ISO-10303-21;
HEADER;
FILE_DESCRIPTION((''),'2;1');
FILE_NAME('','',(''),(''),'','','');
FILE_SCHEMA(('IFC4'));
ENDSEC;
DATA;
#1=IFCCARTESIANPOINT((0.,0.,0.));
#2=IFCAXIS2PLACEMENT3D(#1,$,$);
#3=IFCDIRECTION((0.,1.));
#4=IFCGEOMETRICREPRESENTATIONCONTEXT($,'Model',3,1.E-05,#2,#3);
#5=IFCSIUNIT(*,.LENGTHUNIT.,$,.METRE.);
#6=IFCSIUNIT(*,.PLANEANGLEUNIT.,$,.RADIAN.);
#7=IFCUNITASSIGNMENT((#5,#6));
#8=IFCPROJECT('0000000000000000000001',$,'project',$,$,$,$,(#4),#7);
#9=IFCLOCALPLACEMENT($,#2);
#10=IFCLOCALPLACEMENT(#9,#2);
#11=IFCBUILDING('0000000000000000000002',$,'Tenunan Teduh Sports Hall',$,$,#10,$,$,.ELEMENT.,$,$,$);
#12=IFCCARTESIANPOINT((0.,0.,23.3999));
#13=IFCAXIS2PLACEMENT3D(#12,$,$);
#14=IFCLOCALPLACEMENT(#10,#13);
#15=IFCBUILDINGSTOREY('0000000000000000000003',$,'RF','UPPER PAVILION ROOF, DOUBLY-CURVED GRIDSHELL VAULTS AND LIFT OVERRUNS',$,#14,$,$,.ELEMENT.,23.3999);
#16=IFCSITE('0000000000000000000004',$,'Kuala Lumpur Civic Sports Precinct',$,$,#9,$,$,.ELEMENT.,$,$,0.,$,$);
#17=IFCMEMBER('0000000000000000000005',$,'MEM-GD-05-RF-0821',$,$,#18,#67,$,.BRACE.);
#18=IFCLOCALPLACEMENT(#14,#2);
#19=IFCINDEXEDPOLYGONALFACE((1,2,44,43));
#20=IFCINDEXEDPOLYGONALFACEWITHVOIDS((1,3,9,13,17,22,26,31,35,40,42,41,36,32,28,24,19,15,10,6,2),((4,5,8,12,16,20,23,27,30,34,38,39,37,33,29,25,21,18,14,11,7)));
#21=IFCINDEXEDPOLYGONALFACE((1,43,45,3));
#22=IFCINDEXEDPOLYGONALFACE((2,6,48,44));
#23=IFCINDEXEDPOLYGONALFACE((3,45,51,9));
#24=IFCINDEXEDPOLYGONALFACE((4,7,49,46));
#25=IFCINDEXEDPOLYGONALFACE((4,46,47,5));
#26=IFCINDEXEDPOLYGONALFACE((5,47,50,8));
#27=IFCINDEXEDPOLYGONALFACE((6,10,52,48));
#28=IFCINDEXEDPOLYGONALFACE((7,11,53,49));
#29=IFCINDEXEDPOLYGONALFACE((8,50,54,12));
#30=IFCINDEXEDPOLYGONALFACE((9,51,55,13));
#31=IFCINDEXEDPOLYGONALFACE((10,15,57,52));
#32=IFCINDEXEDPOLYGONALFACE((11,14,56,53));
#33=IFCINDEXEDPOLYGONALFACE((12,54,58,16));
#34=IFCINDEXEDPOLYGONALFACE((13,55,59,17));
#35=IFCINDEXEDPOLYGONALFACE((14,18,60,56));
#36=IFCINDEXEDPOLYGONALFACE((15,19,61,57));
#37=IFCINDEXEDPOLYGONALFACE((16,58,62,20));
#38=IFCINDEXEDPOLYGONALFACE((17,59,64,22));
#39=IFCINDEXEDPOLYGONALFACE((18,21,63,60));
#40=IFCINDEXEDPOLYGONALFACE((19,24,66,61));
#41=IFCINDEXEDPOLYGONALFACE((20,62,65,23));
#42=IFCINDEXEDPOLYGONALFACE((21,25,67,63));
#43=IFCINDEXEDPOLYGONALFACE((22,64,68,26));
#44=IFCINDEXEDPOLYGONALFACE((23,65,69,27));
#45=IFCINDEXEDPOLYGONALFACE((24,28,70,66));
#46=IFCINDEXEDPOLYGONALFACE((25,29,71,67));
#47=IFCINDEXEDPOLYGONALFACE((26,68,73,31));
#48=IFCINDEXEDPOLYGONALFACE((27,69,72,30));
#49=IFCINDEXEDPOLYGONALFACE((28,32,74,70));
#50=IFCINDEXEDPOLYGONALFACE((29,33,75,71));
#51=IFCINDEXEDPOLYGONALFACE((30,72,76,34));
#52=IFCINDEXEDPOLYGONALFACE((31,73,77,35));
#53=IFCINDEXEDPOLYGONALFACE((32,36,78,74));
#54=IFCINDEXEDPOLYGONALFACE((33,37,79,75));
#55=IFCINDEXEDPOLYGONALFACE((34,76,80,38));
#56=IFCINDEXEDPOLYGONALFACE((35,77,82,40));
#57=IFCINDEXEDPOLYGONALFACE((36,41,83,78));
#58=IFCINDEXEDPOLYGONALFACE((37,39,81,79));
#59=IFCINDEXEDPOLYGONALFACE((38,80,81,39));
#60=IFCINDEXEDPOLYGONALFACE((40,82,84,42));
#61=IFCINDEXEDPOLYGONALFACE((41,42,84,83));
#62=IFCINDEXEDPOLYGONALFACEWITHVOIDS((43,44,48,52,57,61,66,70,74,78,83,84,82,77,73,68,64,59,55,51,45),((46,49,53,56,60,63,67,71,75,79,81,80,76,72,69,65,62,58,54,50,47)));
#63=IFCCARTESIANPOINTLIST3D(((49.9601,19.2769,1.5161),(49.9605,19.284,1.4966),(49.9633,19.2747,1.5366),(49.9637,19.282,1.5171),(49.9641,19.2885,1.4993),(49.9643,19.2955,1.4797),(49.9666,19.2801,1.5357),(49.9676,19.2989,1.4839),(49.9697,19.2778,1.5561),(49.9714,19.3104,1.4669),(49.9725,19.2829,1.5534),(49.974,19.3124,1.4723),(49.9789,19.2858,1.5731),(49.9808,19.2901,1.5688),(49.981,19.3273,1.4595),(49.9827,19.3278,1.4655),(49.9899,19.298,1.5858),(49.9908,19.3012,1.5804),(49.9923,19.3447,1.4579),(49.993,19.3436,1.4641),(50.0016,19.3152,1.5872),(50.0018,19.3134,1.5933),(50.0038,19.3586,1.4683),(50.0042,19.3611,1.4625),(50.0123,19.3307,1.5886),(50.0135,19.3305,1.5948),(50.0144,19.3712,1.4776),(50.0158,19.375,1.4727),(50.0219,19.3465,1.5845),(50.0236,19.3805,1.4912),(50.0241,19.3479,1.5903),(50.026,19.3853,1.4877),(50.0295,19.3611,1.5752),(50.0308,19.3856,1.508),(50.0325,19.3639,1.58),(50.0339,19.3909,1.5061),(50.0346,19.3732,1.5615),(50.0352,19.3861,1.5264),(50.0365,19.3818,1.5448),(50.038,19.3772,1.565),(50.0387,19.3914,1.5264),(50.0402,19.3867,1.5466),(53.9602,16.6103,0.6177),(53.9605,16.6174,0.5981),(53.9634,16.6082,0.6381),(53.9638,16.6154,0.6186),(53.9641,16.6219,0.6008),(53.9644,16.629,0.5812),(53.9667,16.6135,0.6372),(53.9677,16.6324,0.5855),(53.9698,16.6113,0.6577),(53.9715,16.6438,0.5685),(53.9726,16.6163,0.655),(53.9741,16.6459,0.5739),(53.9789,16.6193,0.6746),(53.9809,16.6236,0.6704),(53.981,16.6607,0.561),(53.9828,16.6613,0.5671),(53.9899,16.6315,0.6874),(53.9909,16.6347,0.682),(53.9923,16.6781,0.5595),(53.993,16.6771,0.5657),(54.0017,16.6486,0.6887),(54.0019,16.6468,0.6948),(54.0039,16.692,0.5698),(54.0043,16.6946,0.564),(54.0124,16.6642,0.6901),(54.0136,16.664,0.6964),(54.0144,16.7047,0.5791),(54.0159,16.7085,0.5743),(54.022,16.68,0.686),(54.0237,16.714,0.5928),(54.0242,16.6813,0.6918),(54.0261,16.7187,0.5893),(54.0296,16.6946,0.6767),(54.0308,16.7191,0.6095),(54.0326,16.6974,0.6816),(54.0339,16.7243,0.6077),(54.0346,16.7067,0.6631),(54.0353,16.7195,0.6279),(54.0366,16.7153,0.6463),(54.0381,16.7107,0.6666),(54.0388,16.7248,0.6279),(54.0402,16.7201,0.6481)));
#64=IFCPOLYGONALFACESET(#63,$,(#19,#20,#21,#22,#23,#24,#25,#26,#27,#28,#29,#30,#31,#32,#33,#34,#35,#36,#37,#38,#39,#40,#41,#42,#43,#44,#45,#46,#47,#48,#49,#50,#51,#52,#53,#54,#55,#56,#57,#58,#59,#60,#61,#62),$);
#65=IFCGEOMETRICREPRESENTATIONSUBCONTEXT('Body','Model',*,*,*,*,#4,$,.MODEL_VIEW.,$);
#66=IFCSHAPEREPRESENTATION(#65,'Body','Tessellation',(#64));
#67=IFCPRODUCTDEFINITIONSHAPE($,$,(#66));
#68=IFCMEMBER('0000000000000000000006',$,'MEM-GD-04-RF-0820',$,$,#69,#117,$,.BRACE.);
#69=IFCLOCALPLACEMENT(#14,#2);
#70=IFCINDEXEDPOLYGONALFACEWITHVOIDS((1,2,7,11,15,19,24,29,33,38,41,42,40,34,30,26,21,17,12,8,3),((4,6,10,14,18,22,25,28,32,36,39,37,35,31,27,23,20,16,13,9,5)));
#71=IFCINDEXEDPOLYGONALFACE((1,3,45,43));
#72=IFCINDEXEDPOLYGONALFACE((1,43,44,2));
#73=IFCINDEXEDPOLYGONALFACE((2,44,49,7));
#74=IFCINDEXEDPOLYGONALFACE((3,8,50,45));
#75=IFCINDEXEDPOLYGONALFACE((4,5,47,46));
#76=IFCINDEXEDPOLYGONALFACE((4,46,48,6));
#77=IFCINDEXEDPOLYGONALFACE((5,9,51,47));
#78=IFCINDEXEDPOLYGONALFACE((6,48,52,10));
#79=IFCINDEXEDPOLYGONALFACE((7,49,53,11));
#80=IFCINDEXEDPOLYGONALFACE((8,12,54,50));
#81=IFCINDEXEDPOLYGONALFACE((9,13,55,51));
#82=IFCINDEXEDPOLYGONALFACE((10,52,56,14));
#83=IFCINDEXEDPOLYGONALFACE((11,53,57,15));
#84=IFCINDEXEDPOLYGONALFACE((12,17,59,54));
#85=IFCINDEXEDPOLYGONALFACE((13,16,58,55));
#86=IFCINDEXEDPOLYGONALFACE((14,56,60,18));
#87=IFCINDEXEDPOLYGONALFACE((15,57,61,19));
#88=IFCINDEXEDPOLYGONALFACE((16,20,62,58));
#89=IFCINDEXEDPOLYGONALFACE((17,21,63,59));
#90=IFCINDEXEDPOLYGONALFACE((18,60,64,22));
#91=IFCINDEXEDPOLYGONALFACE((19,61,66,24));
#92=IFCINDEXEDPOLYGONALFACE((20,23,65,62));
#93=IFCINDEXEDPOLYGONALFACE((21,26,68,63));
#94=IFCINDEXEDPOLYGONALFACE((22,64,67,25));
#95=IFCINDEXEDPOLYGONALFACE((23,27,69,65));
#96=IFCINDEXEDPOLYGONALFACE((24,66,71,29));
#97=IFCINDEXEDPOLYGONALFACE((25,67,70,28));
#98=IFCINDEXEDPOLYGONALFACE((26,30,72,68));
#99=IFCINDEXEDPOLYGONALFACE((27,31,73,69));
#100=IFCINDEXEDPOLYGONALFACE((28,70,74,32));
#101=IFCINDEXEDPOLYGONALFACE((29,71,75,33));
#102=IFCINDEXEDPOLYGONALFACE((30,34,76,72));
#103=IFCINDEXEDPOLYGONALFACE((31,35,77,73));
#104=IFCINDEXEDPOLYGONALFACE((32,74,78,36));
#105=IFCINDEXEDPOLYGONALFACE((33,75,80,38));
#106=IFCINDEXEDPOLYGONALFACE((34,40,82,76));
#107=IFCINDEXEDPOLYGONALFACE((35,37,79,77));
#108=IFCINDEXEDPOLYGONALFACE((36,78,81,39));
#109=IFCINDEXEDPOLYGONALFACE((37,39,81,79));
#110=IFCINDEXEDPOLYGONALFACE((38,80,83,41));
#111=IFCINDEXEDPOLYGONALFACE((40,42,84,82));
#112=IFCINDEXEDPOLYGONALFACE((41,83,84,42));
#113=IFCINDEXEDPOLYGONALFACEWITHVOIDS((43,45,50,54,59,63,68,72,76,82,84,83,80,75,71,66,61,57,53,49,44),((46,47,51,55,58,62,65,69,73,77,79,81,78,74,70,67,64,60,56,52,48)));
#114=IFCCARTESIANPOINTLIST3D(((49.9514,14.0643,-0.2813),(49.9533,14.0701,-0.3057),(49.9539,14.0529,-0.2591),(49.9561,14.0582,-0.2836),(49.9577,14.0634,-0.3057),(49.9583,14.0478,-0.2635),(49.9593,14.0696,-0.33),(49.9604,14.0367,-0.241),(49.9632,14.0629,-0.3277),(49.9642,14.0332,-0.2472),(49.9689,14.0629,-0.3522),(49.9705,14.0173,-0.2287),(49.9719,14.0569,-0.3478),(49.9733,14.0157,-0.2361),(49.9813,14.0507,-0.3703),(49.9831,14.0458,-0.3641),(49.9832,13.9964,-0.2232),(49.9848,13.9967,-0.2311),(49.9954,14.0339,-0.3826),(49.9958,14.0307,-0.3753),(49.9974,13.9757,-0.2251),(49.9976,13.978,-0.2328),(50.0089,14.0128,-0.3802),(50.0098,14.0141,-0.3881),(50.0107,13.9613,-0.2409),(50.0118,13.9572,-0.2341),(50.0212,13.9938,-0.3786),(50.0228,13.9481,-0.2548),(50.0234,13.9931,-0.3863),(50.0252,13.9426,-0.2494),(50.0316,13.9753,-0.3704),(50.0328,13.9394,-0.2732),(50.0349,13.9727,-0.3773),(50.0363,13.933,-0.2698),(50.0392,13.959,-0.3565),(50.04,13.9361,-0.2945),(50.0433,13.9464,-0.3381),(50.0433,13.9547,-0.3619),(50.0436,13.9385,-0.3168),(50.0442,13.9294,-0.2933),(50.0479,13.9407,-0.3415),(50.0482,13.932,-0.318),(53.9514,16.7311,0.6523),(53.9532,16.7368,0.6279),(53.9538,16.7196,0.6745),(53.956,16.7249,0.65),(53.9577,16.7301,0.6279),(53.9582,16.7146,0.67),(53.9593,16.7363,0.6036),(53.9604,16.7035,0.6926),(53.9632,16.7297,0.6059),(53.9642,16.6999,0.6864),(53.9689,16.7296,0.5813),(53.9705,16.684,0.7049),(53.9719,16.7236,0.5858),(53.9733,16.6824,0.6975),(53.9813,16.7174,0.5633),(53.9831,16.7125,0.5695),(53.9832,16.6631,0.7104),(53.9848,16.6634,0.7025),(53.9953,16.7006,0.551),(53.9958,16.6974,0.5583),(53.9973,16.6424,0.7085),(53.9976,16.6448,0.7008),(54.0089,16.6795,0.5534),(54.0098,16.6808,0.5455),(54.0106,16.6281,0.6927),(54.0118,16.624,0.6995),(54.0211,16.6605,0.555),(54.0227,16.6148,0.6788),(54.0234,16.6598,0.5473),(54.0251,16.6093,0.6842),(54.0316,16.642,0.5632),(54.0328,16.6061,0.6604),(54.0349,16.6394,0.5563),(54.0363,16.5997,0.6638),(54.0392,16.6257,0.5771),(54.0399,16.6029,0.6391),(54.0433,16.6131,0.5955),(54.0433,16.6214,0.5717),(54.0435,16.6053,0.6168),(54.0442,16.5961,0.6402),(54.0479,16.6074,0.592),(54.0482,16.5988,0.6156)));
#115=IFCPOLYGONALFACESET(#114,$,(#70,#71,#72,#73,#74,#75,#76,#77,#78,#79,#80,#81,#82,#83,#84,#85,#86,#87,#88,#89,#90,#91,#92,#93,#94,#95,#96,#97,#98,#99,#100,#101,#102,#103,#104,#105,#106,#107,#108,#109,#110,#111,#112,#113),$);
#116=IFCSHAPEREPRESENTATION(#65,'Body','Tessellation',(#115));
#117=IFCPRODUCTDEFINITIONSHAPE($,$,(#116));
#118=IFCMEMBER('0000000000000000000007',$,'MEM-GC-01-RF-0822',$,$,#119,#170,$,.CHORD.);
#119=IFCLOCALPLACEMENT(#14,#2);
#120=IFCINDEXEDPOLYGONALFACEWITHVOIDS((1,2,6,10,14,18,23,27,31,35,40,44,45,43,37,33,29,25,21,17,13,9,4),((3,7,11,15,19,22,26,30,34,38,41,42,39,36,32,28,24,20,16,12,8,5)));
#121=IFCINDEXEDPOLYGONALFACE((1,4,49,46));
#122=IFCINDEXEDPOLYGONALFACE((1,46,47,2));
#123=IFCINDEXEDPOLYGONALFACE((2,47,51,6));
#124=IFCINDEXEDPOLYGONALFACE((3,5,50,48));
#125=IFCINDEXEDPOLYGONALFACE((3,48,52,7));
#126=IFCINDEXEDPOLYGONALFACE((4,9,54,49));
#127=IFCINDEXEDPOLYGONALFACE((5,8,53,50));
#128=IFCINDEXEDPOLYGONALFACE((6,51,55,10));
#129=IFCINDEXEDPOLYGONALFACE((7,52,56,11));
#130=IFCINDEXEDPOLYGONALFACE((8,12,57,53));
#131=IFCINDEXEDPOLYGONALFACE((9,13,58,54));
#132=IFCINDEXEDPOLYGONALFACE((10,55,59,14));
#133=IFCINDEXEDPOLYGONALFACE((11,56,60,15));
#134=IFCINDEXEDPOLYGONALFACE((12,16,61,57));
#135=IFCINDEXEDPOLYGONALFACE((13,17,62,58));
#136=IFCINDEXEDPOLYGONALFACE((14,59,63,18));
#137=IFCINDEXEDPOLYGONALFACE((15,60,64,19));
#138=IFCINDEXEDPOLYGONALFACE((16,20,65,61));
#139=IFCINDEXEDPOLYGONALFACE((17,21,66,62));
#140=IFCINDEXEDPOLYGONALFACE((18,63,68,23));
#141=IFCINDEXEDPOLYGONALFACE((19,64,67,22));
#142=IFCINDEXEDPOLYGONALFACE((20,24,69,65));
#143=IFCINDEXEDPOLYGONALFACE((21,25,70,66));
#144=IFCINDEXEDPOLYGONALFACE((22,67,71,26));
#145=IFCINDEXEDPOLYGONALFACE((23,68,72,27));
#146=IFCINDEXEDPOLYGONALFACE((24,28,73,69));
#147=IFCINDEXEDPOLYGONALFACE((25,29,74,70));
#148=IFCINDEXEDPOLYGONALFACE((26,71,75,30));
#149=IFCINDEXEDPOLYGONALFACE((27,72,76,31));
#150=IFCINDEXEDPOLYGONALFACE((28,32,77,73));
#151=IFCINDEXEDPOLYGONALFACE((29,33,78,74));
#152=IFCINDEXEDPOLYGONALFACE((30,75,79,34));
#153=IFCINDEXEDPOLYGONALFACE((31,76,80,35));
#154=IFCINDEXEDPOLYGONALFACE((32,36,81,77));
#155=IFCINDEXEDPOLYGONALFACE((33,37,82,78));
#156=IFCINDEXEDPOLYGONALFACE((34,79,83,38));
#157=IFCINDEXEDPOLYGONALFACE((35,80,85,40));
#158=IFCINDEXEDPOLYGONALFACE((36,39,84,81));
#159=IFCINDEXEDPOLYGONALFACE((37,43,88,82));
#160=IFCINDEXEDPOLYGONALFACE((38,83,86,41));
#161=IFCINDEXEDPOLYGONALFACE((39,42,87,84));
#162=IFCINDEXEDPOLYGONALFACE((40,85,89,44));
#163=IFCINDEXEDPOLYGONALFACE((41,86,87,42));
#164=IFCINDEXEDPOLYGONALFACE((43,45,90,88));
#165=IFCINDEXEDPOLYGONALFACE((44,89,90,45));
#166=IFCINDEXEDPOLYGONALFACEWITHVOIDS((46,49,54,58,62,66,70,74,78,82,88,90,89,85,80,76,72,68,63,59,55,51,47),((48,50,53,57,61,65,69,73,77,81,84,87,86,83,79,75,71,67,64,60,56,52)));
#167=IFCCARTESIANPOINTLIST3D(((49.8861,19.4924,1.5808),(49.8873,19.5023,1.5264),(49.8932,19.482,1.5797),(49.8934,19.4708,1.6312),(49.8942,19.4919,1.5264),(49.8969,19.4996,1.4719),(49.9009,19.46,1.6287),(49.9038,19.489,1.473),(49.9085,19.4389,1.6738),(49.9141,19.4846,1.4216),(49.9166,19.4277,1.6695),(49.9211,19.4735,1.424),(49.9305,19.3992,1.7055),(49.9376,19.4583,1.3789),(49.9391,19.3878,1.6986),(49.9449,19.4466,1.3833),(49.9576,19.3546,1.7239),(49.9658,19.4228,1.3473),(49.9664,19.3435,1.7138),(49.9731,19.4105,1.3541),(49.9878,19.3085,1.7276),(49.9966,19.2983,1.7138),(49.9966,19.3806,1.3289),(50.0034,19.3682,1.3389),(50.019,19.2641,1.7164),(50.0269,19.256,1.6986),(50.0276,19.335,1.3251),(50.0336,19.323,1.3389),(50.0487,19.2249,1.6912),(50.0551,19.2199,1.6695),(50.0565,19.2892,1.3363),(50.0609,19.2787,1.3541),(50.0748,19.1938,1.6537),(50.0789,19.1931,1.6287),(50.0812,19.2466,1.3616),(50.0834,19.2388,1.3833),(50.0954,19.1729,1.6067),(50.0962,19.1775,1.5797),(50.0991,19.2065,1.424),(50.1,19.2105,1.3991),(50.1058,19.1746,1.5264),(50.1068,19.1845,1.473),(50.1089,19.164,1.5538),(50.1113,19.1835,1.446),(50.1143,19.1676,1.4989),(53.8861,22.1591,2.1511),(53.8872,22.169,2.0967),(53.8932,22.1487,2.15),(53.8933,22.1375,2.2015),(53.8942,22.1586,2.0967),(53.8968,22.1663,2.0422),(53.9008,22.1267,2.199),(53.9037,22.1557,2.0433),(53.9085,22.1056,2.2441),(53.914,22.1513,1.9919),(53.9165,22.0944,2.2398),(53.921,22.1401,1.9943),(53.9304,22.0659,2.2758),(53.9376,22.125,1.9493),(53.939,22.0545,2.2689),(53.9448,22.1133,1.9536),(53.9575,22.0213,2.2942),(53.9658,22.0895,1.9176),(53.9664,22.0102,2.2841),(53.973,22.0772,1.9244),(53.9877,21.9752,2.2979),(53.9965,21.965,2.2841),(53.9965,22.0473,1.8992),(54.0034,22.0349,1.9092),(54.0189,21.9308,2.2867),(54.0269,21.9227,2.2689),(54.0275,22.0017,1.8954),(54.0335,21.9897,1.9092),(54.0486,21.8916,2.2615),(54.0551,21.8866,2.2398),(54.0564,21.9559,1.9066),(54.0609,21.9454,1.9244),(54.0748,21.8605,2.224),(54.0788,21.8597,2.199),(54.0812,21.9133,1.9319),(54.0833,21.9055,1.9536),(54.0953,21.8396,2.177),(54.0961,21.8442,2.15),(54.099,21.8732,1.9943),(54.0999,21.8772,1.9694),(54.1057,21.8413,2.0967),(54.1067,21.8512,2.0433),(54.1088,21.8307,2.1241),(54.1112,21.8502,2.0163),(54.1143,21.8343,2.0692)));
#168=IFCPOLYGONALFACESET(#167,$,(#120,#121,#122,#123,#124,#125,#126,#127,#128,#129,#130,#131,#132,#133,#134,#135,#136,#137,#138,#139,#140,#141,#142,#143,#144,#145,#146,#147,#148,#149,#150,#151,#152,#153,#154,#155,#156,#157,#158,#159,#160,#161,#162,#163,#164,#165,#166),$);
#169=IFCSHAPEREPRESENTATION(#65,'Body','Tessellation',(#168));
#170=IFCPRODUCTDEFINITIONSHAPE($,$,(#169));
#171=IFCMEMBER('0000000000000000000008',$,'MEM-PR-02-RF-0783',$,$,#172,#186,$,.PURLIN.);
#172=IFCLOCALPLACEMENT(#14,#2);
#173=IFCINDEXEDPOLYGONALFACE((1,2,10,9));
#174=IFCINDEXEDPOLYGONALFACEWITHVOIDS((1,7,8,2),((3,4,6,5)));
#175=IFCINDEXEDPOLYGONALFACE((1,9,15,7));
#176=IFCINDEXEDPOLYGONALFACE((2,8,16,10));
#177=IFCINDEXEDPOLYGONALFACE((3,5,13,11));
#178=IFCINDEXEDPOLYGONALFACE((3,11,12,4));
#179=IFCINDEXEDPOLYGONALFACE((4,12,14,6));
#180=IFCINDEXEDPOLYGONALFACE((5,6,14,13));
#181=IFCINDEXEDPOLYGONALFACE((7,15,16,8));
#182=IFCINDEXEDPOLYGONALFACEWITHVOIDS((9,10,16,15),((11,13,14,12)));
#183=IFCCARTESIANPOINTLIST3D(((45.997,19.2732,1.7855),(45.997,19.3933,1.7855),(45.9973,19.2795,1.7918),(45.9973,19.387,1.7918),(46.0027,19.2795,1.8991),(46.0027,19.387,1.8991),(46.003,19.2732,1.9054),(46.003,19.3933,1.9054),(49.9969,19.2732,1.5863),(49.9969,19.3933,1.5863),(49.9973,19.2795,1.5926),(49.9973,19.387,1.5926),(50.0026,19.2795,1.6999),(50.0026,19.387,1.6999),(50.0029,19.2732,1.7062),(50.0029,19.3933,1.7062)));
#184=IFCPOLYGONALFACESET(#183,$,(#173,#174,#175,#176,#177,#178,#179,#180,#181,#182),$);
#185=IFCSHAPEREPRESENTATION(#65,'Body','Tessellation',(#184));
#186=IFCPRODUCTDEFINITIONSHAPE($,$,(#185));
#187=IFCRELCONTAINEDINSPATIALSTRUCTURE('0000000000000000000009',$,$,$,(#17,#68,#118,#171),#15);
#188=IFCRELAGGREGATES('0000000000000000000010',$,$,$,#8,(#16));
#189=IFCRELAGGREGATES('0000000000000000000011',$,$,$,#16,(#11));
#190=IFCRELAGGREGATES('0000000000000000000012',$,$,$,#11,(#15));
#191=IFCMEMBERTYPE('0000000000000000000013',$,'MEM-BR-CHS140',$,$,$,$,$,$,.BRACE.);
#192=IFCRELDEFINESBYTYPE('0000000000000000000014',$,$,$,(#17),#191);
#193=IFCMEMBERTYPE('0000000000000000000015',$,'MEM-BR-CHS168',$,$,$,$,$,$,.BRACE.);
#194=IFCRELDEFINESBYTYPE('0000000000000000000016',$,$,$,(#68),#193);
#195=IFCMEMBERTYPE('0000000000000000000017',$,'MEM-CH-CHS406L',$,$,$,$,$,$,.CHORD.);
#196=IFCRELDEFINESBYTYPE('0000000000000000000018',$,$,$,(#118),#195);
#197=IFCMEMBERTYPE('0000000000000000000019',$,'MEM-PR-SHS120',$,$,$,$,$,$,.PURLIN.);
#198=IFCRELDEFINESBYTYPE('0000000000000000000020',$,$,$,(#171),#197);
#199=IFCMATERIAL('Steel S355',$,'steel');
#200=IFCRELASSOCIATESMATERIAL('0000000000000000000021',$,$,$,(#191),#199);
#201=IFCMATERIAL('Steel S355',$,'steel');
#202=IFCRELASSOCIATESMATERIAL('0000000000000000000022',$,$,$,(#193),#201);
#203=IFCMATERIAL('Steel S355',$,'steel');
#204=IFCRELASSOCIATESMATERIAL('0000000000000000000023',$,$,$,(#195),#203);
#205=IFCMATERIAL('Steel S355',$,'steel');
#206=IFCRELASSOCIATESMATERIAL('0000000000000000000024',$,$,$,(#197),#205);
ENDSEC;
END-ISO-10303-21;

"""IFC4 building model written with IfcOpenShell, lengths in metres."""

from ifc_helpers import new_model, si_unit, direction, frame, origin, origin_2d, place, context, subcontext, project, spatial, hollow_rectangle, hollow_circle, extrude, material, material_profile, profile_set, type_object, element, save


model = new_model("IFC4")

# Units and contexts
model_context = context("Model", 3, precision=1e-05, world=origin(), true_north=direction((0.0, 1.0)))
body_context = subcontext(model_context, "Body", "Model", "MODEL_VIEW")
ifc_project = project(units=[si_unit("LENGTHUNIT", "METRE"), si_unit("PLANEANGLEUNIT", "RADIAN")], contexts=[model_context])

# Site, building, storey
site_placement = place(None, origin())
site = spatial("IfcSite", under=ifc_project, at=site_placement, Name="Kuala Lumpur Civic Sports Precinct", CompositionType="ELEMENT", RefElevation=0.0)
building_placement = place(site_placement, origin())
building = spatial("IfcBuilding", under=site, at=building_placement, Name="Tenunan Teduh Sports Hall", CompositionType="ELEMENT")
storey_placement = place(building_placement, frame((0.0, 0.0, 23.3999)))
storey = spatial("IfcBuildingStorey", under=building, at=storey_placement, Name="RF", Description="UPPER PAVILION ROOF, DOUBLY-CURVED GRIDSHELL VAULTS AND LIFT OVERRUNS", CompositionType="ELEMENT", Elevation=23.3999)

# Members
ifc_material_1 = material(Name="Steel S355", Category="steel")
ifc_material_profile_1 = material_profile(ifc_material_1, hollow_circle(Radius=0.0698, WallThickness=0.0063, at=origin_2d()), Name="CHS 139.7x6.3")
ifc_profile_set_1 = profile_set([ifc_material_profile_1], Name="Steel S355")
member_type_1 = type_object("IfcMemberType", Name="MEM-BR-CHS140", PredefinedType="BRACE", material=ifc_profile_set_1)
member_1_placement = place(storey_placement, frame((50.0, 19.3333, 1.5264), z_axis=(0.817905, -0.545237, -0.183709), x_axis=(0.554677, 0.832066, 0.0)))
element("IfcMember", 1, at=member_1_placement, inside=storey, type_object=member_type_1, Name="MEM-GD-05-RF-0821", PredefinedType="BRACE", context=body_context, shape_type="SweptSolid", body=[
    extrude(hollow_circle(Radius=0.0698, WallThickness=0.0063, at=origin_2d()), origin(), (0.0, 0.0, 1.0), 4.8906),
])
ifc_material_2 = material(Name="Steel S355", Category="steel")
ifc_material_profile_2 = material_profile(ifc_material_2, hollow_circle(Radius=0.0842, WallThickness=0.0081, at=origin_2d()), Name="CHS 168.3x8.0")
ifc_profile_set_2 = profile_set([ifc_material_profile_2], Name="Steel S355")
member_type_2 = type_object("IfcMemberType", Name="MEM-BR-CHS168", PredefinedType="BRACE", material=ifc_profile_set_2)
member_2_placement = place(storey_placement, frame((50.0, 14.0, -0.3057), z_axis=(0.816783, 0.544539, 0.190636), x_axis=(-0.554712, 0.832042, 0.0)))
element("IfcMember", 2, at=member_2_placement, inside=storey, type_object=member_type_2, Name="MEM-GD-04-RF-0820", PredefinedType="BRACE", context=body_context, shape_type="SweptSolid", body=[
    extrude(hollow_circle(Radius=0.0842, WallThickness=0.0081, at=origin_2d()), origin(), (0.0, 0.0, 1.0), 4.8972),
])
ifc_material_3 = material(Name="Steel S355", Category="steel")
ifc_material_profile_3 = material_profile(ifc_material_3, hollow_circle(Radius=0.2031, WallThickness=0.0125, at=origin_2d()), Name="CHS 406.4x12.5")
ifc_profile_set_3 = profile_set([ifc_material_profile_3], Name="Steel S355")
member_type_3 = type_object("IfcMemberType", Name="MEM-CH-CHS406L", PredefinedType="CHORD", material=ifc_profile_set_3)
member_3_placement = place(storey_placement, frame((50.0, 19.3333, 1.5264), z_axis=(0.826249, 0.550849, 0.117805), x_axis=(-0.554712, 0.832042, 0.0)))
element("IfcMember", 3, at=member_3_placement, inside=storey, type_object=member_type_3, Name="MEM-GC-01-RF-0822", PredefinedType="CHORD", context=body_context, shape_type="SweptSolid", body=[
    extrude(hollow_circle(Radius=0.2031, WallThickness=0.0125, at=origin_2d()), origin(), (0.0, 0.0, 1.0), 4.8411),
])
ifc_material_4 = material(Name="Steel S355", Category="steel")
ifc_material_profile_4 = material_profile(ifc_material_4, hollow_rectangle(XDim=0.1201, YDim=0.1201, WallThickness=0.0063, at=origin_2d()), Name="SHS 120x120x6.3")
ifc_profile_set_4 = profile_set([ifc_material_profile_4], Name="Steel S355")
member_type_4 = type_object("IfcMemberType", Name="MEM-PR-SHS120", PredefinedType="PURLIN", material=ifc_profile_set_4)
member_4_placement = place(storey_placement, frame((46.0, 19.3333, 1.8455), z_axis=(0.998762, 0.0, -0.049743), x_axis=(0.0, 1.0, 0.0)))
element("IfcMember", 4, at=member_4_placement, inside=storey, type_object=member_type_4, Name="MEM-PR-02-RF-0783", PredefinedType="PURLIN", context=body_context, shape_type="SweptSolid", body=[
    extrude(hollow_rectangle(XDim=0.1201, YDim=0.1201, WallThickness=0.0063, at=origin_2d()), origin(), (0.0, 0.0, 1.0), 4.0049),
])

save(model, "model.ifc")
